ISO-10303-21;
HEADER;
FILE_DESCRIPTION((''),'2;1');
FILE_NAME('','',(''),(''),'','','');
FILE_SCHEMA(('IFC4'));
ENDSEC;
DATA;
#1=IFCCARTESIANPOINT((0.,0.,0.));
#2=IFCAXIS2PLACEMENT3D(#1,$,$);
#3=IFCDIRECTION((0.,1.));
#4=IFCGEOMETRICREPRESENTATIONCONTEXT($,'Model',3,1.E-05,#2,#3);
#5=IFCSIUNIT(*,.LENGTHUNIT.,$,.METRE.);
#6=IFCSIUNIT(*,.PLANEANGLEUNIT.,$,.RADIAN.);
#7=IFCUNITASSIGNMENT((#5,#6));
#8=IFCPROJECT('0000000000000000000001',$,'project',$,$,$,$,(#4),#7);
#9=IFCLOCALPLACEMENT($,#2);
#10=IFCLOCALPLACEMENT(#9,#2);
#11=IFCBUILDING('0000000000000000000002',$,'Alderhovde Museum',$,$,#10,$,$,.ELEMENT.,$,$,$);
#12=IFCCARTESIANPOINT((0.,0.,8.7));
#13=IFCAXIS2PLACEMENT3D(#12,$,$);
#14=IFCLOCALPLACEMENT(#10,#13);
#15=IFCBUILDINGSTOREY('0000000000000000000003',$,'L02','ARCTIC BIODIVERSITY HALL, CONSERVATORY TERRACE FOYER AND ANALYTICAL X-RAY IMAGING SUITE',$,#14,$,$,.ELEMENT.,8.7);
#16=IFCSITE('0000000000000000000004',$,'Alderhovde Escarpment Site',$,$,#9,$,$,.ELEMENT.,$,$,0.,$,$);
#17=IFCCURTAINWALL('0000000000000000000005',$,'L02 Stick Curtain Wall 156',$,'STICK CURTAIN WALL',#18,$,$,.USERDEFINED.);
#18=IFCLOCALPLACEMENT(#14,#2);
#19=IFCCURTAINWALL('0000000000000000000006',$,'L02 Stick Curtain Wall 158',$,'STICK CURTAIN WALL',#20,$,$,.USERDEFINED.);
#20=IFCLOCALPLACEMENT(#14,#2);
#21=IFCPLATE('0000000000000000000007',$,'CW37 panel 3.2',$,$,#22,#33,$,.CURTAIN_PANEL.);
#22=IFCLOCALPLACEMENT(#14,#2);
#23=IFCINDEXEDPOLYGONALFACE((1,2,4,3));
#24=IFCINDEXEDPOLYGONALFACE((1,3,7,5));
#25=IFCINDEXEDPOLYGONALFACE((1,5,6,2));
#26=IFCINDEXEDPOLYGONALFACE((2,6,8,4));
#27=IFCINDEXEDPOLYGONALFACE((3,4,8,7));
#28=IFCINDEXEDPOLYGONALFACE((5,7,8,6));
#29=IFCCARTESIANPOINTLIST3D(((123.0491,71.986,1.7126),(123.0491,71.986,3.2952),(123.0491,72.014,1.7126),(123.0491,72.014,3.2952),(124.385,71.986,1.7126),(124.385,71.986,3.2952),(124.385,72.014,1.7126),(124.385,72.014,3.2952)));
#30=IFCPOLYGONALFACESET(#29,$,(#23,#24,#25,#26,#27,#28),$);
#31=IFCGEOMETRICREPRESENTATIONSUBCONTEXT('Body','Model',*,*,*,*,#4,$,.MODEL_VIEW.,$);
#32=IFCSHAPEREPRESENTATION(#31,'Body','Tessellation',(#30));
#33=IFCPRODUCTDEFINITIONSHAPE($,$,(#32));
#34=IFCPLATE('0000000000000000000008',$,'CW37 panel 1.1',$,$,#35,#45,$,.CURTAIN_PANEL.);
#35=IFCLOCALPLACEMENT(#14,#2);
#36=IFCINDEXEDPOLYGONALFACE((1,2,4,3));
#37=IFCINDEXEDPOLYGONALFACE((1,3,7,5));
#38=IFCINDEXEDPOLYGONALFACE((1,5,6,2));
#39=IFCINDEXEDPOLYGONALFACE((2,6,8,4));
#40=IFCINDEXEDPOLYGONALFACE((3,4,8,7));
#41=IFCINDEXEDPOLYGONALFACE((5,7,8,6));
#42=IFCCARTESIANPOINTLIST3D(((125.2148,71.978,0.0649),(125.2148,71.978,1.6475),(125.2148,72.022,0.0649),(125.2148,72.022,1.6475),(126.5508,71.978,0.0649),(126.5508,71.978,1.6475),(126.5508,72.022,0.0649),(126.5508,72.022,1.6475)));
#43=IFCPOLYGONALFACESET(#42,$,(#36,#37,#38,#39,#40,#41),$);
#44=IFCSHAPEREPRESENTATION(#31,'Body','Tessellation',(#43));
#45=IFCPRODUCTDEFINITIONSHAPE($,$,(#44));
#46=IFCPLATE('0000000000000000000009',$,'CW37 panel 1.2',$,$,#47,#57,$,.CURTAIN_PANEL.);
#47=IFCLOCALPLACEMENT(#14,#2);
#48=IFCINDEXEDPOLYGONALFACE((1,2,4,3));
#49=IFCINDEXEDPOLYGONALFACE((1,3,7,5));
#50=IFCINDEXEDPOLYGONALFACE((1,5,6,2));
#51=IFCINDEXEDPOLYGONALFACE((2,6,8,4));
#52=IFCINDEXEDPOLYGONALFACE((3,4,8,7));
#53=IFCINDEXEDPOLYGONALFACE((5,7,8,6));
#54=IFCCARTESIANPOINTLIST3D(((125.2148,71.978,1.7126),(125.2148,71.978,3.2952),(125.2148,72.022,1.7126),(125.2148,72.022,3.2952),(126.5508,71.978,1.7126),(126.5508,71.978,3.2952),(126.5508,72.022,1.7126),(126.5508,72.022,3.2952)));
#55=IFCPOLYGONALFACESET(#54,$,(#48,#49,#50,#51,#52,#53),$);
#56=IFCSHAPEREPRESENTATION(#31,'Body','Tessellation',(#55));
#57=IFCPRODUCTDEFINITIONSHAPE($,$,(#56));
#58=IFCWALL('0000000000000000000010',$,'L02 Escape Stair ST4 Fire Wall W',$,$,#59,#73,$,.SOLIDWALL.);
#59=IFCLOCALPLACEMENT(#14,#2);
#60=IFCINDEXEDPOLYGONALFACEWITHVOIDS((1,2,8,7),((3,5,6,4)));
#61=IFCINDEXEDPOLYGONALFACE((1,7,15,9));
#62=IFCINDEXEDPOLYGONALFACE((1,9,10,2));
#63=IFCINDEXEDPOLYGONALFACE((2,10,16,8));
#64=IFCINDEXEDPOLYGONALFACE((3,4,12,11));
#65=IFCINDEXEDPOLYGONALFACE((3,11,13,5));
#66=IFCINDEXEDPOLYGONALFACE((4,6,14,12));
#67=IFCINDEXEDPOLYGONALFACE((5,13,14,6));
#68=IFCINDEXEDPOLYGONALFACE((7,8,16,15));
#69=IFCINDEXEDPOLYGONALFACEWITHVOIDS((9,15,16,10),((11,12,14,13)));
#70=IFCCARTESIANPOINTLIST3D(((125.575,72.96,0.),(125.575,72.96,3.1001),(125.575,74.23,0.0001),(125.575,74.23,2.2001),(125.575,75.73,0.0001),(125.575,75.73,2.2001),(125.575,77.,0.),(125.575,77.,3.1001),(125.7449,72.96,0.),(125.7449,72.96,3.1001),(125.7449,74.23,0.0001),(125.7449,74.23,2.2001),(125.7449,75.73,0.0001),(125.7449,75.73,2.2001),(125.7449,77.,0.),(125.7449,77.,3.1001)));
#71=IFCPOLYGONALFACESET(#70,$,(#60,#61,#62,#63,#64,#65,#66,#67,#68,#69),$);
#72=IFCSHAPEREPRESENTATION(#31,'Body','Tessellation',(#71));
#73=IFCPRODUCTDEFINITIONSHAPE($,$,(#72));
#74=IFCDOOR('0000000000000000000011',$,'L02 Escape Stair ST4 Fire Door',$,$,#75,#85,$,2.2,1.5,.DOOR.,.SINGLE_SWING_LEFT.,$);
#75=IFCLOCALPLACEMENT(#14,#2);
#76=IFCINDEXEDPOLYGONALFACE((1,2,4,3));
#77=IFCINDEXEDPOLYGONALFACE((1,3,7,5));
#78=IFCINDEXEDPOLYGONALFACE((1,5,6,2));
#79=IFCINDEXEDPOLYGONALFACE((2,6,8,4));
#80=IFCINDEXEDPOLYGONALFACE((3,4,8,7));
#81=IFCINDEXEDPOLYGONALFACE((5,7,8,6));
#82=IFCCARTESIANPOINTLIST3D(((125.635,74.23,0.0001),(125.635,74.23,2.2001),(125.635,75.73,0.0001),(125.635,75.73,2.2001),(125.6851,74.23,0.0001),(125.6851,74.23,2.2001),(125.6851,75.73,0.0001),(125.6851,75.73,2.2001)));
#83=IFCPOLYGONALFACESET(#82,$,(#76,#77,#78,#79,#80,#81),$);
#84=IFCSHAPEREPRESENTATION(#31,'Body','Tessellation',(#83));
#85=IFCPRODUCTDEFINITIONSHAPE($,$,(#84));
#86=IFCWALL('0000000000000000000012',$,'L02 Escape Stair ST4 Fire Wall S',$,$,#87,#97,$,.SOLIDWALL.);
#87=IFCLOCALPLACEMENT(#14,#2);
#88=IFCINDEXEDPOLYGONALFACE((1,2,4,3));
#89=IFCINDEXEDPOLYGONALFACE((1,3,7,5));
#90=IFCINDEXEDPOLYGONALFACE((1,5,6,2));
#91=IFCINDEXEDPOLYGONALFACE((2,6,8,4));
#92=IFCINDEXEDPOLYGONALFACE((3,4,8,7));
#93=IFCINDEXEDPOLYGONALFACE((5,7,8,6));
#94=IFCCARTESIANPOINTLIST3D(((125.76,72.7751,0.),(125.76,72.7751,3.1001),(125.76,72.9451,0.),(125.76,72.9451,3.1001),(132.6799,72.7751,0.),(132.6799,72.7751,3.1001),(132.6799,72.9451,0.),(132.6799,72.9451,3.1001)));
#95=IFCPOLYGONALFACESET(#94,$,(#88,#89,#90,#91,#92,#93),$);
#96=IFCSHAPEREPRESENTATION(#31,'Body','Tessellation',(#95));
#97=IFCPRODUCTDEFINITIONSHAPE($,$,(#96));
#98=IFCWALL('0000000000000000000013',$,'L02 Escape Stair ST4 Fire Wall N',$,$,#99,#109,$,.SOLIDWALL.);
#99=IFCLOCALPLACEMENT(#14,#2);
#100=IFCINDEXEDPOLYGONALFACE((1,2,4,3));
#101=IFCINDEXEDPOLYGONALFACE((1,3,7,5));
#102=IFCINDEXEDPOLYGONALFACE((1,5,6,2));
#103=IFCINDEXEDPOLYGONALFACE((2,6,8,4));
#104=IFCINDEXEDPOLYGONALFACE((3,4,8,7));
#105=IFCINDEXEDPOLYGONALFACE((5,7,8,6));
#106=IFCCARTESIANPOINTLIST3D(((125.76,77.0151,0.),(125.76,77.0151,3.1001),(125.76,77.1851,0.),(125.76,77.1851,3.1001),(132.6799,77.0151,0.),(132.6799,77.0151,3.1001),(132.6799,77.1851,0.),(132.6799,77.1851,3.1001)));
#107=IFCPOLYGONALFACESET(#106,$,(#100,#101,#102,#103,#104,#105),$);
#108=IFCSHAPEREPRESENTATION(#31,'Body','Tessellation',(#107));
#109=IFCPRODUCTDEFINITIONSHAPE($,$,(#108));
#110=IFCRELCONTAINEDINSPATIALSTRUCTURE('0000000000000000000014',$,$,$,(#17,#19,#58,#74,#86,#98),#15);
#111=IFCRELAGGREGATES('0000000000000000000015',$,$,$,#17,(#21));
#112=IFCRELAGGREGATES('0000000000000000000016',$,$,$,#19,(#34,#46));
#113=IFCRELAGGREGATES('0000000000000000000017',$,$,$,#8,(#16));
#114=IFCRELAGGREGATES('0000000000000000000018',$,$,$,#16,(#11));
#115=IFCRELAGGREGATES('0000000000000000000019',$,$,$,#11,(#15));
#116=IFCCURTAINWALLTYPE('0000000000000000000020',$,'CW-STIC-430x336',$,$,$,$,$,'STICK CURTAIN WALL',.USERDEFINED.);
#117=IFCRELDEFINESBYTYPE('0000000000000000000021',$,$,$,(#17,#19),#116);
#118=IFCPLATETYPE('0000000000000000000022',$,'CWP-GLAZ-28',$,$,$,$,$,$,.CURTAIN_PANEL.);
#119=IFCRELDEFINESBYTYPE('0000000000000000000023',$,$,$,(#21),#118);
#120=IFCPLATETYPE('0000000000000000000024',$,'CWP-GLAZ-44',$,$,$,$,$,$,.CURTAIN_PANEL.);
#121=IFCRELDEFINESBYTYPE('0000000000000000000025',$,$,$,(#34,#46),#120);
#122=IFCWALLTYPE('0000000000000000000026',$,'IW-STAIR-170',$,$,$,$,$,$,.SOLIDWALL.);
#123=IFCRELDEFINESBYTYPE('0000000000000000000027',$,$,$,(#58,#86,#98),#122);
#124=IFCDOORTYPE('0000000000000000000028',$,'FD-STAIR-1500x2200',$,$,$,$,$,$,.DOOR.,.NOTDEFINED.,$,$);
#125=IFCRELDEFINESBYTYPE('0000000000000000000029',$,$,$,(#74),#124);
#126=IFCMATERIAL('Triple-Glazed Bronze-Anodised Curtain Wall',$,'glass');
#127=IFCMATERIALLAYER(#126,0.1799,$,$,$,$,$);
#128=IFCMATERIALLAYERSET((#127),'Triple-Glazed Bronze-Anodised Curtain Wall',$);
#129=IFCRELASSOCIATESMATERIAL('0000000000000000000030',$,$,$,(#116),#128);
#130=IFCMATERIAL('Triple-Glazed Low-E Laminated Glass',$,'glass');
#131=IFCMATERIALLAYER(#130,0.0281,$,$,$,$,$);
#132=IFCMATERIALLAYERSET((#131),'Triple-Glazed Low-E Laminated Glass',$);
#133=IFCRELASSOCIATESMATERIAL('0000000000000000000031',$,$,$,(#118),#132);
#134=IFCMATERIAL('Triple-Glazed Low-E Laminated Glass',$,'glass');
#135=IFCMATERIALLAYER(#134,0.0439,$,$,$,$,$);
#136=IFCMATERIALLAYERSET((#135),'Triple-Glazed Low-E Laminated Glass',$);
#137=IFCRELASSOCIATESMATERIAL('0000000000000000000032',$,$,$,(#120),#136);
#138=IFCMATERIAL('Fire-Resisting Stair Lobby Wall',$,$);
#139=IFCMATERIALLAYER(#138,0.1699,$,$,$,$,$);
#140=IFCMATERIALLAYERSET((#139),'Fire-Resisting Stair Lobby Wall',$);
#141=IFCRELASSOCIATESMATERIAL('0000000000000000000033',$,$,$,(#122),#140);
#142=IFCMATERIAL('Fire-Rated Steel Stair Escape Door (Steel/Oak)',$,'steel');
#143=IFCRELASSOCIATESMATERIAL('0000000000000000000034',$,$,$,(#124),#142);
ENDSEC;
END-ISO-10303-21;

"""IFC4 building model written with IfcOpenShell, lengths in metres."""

from ifc_helpers import new_model, si_unit, direction, frame, frame_2d, origin, origin_2d, place, context, subcontext, project, spatial, rectangle, extrude, material, layer, layer_set, type_object, element, fill, aggregate, save


model = new_model("IFC4")

# Units and contexts
model_context = context("Model", 3, precision=1e-05, world=origin(), true_north=direction((0.0, 1.0)))
body_context = subcontext(model_context, "Body", "Model", "MODEL_VIEW")
ifc_project = project(units=[si_unit("LENGTHUNIT", "METRE"), si_unit("PLANEANGLEUNIT", "RADIAN")], contexts=[model_context])

# Site, building, storey
site_placement = place(None, origin())
site = spatial("IfcSite", under=ifc_project, at=site_placement, Name="Alderhovde Escarpment Site", CompositionType="ELEMENT", RefElevation=0.0)
building_placement = place(site_placement, origin())
building = spatial("IfcBuilding", under=site, at=building_placement, Name="Alderhovde Museum", CompositionType="ELEMENT")
storey_placement = place(building_placement, frame((0.0, 0.0, 8.7)))
storey = spatial("IfcBuildingStorey", under=building, at=storey_placement, Name="L02", Description="ARCTIC BIODIVERSITY HALL, CONSERVATORY TERRACE FOYER AND ANALYTICAL X-RAY IMAGING SUITE", CompositionType="ELEMENT", Elevation=8.7)

# Curtain wall
ifc_material_1 = material(Name="Triple-Glazed Bronze-Anodised Curtain Wall", Category="glass")
ifc_layer_1 = layer(ifc_material_1, 0.1799)
ifc_layer_set_1 = layer_set([ifc_layer_1], Name="Triple-Glazed Bronze-Anodised Curtain Wall")
curtain_wall_type = type_object("IfcCurtainWallType", Name="CW-STIC-430x336", ElementType="STICK CURTAIN WALL", PredefinedType="USERDEFINED", material=ifc_layer_set_1)
curtain_wall_1_placement = place(storey_placement, origin())
curtain_wall_1 = element("IfcCurtainWall", 1, at=curtain_wall_1_placement, inside=storey, type_object=curtain_wall_type, Name="L02 Stick Curtain Wall 156", ObjectType="STICK CURTAIN WALL", PredefinedType="USERDEFINED")

# Curtain wall
curtain_wall_2_placement = place(storey_placement, origin())
curtain_wall_2 = element("IfcCurtainWall", 2, at=curtain_wall_2_placement, inside=storey, type_object=curtain_wall_type, Name="L02 Stick Curtain Wall 158", ObjectType="STICK CURTAIN WALL", PredefinedType="USERDEFINED")

# Plates
ifc_material_2 = material(Name="Triple-Glazed Low-E Laminated Glass", Category="glass")
ifc_layer_2 = layer(ifc_material_2, 0.0281)
ifc_layer_set_2 = layer_set([ifc_layer_2], Name="Triple-Glazed Low-E Laminated Glass")
plate_type_1 = type_object("IfcPlateType", Name="CWP-GLAZ-28", PredefinedType="CURTAIN_PANEL", material=ifc_layer_set_2)
plate_1_placement = place(storey_placement, frame((123.717, 72.0, 1.7126), z_axis=(0.0, 0.0, 1.0), x_axis=(1.0, 0.0, 0.0)))
plate_1 = element("IfcPlate", 3, at=plate_1_placement, type_object=plate_type_1, Name="CW37 panel 3.2", PredefinedType="CURTAIN_PANEL", context=body_context, shape_type="SweptSolid", body=[
    extrude(rectangle(XDim=1.3359, YDim=0.0281, at=origin_2d()), origin(), (0.0, 0.0, 1.0), 1.5825),
])
aggregate(curtain_wall_1, [plate_1])
ifc_material_3 = material(Name="Triple-Glazed Low-E Laminated Glass", Category="glass")
ifc_layer_3 = layer(ifc_material_3, 0.0439)
ifc_layer_set_3 = layer_set([ifc_layer_3], Name="Triple-Glazed Low-E Laminated Glass")
plate_type_2 = type_object("IfcPlateType", Name="CWP-GLAZ-44", PredefinedType="CURTAIN_PANEL", material=ifc_layer_set_3)
plate_2_placement = place(storey_placement, frame((125.8828, 72.0, 0.0649), z_axis=(0.0, 0.0, 1.0), x_axis=(1.0, 0.0, 0.0)))
plate_2 = element("IfcPlate", 4, at=plate_2_placement, type_object=plate_type_2, Name="CW37 panel 1.1", PredefinedType="CURTAIN_PANEL", context=body_context, shape_type="SweptSolid", body=[
    extrude(rectangle(XDim=1.3359, YDim=0.0439, at=origin_2d()), origin(), (0.0, 0.0, 1.0), 1.5825),
])
plate_3_placement = place(storey_placement, frame((125.8828, 72.0, 1.7126), z_axis=(0.0, 0.0, 1.0), x_axis=(1.0, 0.0, 0.0)))
plate_3 = element("IfcPlate", 5, at=plate_3_placement, type_object=plate_type_2, Name="CW37 panel 1.2", PredefinedType="CURTAIN_PANEL", context=body_context, shape_type="SweptSolid", body=[
    extrude(rectangle(XDim=1.3359, YDim=0.0439, at=origin_2d()), origin(), (0.0, 0.0, 1.0), 1.5825),
])
aggregate(curtain_wall_2, [plate_2, plate_3])

# Wall, opening, door
ifc_material_4 = material(Name="Fire-Resisting Stair Lobby Wall")
ifc_layer_4 = layer(ifc_material_4, 0.1699)
ifc_layer_set_4 = layer_set([ifc_layer_4], Name="Fire-Resisting Stair Lobby Wall")
wall_type = type_object("IfcWallType", Name="IW-STAIR-170", PredefinedType="SOLIDWALL", material=ifc_layer_set_4)
wall_placement = place(storey_placement, frame((125.6599, 72.96, 0.0), z_axis=(0.0, 0.0, 1.0), x_axis=(0.0, 1.0, 0.0)))
wall = element("IfcWall", 6, at=wall_placement, inside=storey, type_object=wall_type, Name="L02 Escape Stair ST4 Fire Wall W", PredefinedType="SOLIDWALL", context=body_context, shape_type="SweptSolid", body=[
    extrude(rectangle(XDim=4.04, YDim=0.1699, at=frame_2d((2.02, 0.0))), origin(), (0.0, 0.0, 1.0), 3.1001),
])
opening_placement = place(wall_placement, frame((1.27, 0.0, 0.0)))
opening = element("IfcOpeningElement", 7, at=opening_placement, cuts=wall, PredefinedType="OPENING", context=body_context, shape_type="SweptSolid", body=[
    extrude(rectangle(XDim=1.5, YDim=2.2, at=frame_2d((0.75, 1.1001))), frame((0.0, 0.095, 0.0), z_axis=(0.0, -1.0, 0.0), x_axis=(1.0, 0.0, 0.0)), (0.0, 0.0, 1.0), 0.1899),
])
ifc_material_5 = material(Name="Fire-Rated Steel Stair Escape Door (Steel/Oak)", Category="steel")
door_type = type_object("IfcDoorType", Name="FD-STAIR-1500x2200", OperationType="NOTDEFINED", PredefinedType="DOOR", material=ifc_material_5)
door_placement = place(opening_placement, origin())
door = element("IfcDoor", 8, at=door_placement, inside=storey, type_object=door_type, Name="L02 Escape Stair ST4 Fire Door", OperationType="SINGLE_SWING_LEFT", OverallHeight=2.2, OverallWidth=1.5, PredefinedType="DOOR", context=body_context, shape_type="SweptSolid", body=[
    extrude(rectangle(XDim=1.5, YDim=2.2, at=frame_2d((0.75, 1.1001))), frame((0.0, 0.0249, 0.0), z_axis=(0.0, -1.0, 0.0), x_axis=(1.0, 0.0, 0.0)), (0.0, 0.0, 1.0), 0.05),
])
fill(opening, door)

# Walls
for number, where, z_axis, x_axis, name in (
    (9, (125.76, 72.8601, 0.0), (0.0, 0.0, 1.0), (1.0, 0.0, 0.0), "L02 Escape Stair ST4 Fire Wall S"),
    (10, (125.76, 77.1001, 0.0), (0.0, 0.0, 1.0), (1.0, 0.0, 0.0), "L02 Escape Stair ST4 Fire Wall N"),
):
    element("IfcWall", number, at=place(storey_placement, frame(where, z_axis=z_axis, x_axis=x_axis)), inside=storey, type_object=wall_type, Name=name, PredefinedType="SOLIDWALL", context=body_context, shape_type="SweptSolid", body=[
        extrude(rectangle(XDim=6.9199, YDim=0.1699, at=frame_2d((3.46, 0.0))), origin(), (0.0, 0.0, 1.0), 3.1001),
    ])

save(model, "model.ifc")
